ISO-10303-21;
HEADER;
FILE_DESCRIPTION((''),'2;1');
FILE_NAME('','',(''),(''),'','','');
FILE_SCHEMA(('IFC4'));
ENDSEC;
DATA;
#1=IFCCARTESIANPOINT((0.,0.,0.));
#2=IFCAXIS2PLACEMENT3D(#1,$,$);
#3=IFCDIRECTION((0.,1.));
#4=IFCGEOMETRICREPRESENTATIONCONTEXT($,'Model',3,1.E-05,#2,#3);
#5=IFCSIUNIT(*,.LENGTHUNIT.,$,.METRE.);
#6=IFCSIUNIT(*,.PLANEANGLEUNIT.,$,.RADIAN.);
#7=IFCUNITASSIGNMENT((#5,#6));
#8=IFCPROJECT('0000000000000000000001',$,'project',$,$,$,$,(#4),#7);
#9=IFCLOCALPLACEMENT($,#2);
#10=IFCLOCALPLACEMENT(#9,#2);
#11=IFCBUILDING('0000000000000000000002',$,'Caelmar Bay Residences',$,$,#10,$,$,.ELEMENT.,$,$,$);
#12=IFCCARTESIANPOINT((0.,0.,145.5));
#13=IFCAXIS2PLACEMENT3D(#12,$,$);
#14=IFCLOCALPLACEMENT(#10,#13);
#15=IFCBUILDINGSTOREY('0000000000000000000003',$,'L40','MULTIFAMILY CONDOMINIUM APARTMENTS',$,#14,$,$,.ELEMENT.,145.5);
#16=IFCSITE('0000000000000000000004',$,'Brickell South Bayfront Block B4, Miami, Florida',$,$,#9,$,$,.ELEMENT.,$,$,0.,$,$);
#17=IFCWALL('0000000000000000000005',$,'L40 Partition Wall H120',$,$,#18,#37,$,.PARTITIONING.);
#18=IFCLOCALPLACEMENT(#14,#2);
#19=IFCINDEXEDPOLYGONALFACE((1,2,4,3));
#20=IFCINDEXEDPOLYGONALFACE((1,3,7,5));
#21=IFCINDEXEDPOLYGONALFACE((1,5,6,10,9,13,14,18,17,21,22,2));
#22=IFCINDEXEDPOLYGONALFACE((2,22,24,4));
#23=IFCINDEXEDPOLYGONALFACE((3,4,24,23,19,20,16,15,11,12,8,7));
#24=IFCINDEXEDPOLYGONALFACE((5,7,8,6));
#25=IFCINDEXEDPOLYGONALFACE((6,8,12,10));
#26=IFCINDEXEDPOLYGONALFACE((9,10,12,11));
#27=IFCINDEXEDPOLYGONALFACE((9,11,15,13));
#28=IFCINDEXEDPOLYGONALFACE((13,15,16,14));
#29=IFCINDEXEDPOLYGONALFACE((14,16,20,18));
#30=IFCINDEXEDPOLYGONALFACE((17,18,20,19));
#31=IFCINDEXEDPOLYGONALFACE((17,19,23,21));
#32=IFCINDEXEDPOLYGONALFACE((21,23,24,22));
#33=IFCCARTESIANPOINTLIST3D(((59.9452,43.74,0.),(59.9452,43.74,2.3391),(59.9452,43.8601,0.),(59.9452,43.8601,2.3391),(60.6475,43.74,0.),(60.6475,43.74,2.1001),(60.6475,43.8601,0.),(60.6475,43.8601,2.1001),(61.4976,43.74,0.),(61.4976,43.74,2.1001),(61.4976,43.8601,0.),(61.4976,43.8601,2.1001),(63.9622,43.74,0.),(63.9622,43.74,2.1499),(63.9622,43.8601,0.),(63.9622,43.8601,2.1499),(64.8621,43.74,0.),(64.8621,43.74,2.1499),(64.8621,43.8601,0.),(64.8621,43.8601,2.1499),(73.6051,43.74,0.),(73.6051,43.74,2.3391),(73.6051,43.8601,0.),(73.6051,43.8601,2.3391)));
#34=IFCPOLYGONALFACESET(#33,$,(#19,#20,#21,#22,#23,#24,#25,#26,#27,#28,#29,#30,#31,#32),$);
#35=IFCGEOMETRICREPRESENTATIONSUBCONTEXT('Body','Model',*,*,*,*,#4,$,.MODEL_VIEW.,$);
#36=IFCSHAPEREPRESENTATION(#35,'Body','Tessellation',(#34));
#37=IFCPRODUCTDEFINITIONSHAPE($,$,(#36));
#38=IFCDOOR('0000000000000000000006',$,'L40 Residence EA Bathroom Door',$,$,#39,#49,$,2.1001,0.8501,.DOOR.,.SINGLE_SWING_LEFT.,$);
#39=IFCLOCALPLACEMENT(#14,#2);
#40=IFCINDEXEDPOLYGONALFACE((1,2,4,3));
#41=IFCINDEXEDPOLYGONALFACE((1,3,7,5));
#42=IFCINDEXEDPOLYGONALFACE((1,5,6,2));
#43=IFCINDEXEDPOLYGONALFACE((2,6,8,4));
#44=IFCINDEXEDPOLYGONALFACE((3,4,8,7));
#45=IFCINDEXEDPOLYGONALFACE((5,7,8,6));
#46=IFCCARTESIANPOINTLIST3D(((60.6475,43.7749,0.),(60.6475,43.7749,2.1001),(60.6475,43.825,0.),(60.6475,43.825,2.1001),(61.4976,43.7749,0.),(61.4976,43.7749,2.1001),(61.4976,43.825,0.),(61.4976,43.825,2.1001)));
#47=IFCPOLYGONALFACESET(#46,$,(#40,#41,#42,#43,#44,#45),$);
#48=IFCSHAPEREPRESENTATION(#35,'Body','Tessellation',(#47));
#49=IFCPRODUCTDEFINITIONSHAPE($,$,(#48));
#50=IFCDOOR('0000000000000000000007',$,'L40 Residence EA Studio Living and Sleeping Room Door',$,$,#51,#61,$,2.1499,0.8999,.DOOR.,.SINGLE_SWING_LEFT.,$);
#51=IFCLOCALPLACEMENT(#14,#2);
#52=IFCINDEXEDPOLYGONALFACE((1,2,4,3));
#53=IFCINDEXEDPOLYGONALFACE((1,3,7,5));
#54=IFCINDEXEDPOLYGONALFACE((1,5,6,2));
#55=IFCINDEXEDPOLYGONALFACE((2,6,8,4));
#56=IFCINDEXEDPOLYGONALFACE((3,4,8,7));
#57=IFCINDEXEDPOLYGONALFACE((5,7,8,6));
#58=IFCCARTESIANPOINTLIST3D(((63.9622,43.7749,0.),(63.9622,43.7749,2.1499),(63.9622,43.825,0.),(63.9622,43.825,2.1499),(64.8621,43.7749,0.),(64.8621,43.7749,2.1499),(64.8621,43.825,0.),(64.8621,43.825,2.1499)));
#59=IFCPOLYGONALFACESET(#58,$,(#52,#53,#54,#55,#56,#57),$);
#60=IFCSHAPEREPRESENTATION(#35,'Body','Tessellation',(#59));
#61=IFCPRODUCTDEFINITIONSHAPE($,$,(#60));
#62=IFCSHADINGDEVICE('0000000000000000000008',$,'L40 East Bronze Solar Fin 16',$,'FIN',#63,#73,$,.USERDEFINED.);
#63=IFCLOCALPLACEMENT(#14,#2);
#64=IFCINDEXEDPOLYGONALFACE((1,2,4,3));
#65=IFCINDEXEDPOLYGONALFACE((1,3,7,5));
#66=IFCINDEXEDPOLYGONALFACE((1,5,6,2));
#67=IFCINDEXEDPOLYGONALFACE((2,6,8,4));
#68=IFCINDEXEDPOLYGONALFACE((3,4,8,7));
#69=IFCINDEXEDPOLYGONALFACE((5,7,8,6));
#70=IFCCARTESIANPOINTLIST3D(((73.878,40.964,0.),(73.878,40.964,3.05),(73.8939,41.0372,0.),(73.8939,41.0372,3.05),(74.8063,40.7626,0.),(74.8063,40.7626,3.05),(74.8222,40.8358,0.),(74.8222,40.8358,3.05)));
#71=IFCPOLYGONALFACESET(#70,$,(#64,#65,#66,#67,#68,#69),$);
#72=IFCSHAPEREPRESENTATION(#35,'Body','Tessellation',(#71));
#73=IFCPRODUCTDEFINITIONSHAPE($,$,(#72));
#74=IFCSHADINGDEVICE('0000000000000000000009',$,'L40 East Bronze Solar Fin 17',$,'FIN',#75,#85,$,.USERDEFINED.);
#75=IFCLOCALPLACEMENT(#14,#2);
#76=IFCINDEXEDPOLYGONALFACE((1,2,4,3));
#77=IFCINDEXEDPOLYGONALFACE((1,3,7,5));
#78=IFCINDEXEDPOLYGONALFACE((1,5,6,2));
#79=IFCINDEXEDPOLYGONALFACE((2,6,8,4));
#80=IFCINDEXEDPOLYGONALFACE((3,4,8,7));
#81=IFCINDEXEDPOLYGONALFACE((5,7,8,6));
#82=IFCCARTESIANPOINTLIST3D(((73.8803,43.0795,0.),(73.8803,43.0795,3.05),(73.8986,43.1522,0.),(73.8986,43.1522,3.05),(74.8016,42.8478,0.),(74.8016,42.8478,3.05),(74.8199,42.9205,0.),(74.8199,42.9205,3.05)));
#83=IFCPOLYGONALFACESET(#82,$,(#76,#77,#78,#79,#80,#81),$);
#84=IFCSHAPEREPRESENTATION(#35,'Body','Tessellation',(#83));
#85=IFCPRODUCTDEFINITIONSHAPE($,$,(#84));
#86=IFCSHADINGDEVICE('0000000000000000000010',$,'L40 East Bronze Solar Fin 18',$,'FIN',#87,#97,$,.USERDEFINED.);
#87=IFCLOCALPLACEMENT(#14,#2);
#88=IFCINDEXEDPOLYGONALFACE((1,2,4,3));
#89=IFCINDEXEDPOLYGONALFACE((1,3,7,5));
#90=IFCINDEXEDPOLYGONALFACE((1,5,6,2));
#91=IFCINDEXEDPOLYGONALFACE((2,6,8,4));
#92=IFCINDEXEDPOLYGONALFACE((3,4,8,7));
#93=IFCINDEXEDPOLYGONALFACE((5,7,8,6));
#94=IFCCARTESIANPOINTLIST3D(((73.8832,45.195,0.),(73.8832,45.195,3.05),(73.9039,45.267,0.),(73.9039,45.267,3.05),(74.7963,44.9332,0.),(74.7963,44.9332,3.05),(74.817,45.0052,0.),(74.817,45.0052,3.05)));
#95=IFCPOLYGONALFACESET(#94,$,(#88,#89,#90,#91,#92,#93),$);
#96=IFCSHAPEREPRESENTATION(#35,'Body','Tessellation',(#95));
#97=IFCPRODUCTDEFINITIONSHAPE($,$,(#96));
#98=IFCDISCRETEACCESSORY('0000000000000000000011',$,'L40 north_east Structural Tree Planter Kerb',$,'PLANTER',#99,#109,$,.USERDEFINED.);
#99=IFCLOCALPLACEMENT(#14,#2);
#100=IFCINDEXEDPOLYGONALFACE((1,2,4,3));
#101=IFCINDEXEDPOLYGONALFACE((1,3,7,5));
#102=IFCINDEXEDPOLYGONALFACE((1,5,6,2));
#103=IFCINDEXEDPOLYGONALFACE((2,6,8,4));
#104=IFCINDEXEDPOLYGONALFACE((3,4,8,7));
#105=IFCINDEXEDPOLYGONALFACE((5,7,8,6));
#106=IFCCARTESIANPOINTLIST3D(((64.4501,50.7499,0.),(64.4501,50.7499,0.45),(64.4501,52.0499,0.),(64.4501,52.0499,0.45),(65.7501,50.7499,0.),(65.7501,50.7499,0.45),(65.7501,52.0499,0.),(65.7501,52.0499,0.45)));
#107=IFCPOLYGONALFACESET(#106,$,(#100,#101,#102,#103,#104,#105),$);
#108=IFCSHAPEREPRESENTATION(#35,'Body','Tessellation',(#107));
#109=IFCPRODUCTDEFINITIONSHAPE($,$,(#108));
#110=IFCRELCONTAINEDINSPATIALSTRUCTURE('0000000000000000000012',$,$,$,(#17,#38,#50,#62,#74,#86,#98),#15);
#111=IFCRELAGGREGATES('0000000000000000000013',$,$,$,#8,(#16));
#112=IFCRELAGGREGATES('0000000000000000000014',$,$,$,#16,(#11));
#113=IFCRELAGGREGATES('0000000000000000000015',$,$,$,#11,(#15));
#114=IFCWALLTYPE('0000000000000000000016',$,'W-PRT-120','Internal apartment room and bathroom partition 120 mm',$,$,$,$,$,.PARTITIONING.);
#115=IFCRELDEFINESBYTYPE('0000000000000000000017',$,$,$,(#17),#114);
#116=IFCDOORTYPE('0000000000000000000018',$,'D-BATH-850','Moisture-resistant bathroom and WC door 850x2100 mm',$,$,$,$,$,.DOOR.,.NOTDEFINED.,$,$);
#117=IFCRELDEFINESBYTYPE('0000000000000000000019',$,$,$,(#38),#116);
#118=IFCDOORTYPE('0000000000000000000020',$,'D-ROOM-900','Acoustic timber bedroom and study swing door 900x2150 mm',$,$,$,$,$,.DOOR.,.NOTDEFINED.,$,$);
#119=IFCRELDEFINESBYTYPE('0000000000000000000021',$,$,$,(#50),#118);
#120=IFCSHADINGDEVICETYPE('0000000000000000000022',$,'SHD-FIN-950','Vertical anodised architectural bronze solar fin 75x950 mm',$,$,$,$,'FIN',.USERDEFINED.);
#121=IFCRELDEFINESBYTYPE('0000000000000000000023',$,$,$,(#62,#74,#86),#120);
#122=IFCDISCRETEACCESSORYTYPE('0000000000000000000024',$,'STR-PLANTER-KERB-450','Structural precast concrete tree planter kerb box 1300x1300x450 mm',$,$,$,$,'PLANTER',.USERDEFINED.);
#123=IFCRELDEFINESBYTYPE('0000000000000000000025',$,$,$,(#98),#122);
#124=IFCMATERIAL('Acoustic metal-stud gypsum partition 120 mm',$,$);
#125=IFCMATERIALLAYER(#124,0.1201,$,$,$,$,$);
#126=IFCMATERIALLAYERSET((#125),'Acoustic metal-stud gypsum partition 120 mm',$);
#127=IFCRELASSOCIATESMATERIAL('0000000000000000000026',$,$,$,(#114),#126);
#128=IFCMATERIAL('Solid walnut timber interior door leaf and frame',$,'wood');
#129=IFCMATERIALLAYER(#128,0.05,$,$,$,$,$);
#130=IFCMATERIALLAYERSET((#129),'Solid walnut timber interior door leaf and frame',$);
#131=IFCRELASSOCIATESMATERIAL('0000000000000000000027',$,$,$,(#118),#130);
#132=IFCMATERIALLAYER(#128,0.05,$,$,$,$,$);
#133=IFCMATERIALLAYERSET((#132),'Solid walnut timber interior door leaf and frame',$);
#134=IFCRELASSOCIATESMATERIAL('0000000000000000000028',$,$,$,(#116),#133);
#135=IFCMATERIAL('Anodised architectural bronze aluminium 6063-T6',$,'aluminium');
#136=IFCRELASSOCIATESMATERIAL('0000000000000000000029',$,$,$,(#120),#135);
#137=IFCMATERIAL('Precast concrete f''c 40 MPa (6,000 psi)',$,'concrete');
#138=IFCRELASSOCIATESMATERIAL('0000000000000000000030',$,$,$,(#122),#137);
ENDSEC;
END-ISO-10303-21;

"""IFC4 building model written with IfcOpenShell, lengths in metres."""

from ifc_helpers import new_model, si_unit, direction, frame, frame_2d, origin, origin_2d, place, context, subcontext, project, spatial, rectangle, extrude, material, layer, layer_set, material_profile, profile_set, type_object, element, fill, save


model = new_model("IFC4")

# Units and contexts
model_context = context("Model", 3, precision=1e-05, world=origin(), true_north=direction((0.0, 1.0)))
body_context = subcontext(model_context, "Body", "Model", "MODEL_VIEW")
ifc_project = project(units=[si_unit("LENGTHUNIT", "METRE"), si_unit("PLANEANGLEUNIT", "RADIAN")], contexts=[model_context])

# Site, building, storey
site_placement = place(None, origin())
site = spatial("IfcSite", under=ifc_project, at=site_placement, Name="Brickell South Bayfront Block B4, Miami, Florida", CompositionType="ELEMENT", RefElevation=0.0)
building_placement = place(site_placement, origin())
building = spatial("IfcBuilding", under=site, at=building_placement, Name="Caelmar Bay Residences", CompositionType="ELEMENT")
storey_placement = place(building_placement, frame((0.0, 0.0, 145.5)))
storey = spatial("IfcBuildingStorey", under=building, at=storey_placement, Name="L40", Description="MULTIFAMILY CONDOMINIUM APARTMENTS", CompositionType="ELEMENT", Elevation=145.5)

# Shared definitions
ifc_material_1 = material(Name="Precast concrete f'c 40 MPa (6,000 psi)", Category="concrete")

# Shared definitions
ifc_material_2 = material(Name="Acoustic metal-stud gypsum partition 120 mm")
ifc_layer_1 = layer(ifc_material_2, 0.1201)
ifc_layer_set_1 = layer_set([ifc_layer_1], Name="Acoustic metal-stud gypsum partition 120 mm")
wall_type_1 = type_object("IfcWallType", Name="W-PRT-120", Description="Internal apartment room and bathroom partition 120 mm", PredefinedType="PARTITIONING", material=ifc_layer_set_1)
ifc_material_3 = material(Name="Solid walnut timber interior door leaf and frame", Category="wood")
ifc_layer_2 = layer(ifc_material_3, 0.05)
ifc_layer_set_2 = layer_set([ifc_layer_2], Name="Solid walnut timber interior door leaf and frame")
door_type_1 = type_object("IfcDoorType", Name="D-ROOM-900", Description="Acoustic timber bedroom and study swing door 900x2150 mm", OperationType="NOTDEFINED", PredefinedType="DOOR", material=ifc_layer_set_2)

# Wall, openings, doors
wall_1_placement = place(storey_placement, frame((59.9451, 43.8, 0.0), z_axis=(0.0, 0.0, 1.0), x_axis=(1.0, 0.0, 0.0)))
wall_1 = element("IfcWall", 1, at=wall_1_placement, inside=storey, type_object=wall_type_1, Name="L40 Partition Wall H120", PredefinedType="PARTITIONING", context=body_context, shape_type="SweptSolid", body=[
    extrude(rectangle(XDim=13.6599, YDim=0.1201, at=frame_2d((6.8301, 0.0))), origin(), (0.0, 0.0, 1.0), 2.3391),
])
opening_1_placement = place(wall_1_placement, frame((4.0171, 0.0, 0.0)))
opening_1 = element("IfcOpeningElement", 2, at=opening_1_placement, cuts=wall_1, PredefinedType="OPENING", context=body_context, shape_type="SweptSolid", body=[
    extrude(rectangle(XDim=0.8999, YDim=2.1499, at=frame_2d((0.45, 1.075))), frame((0.0, 0.0701, 0.0), z_axis=(0.0, -1.0, 0.0), x_axis=(1.0, 0.0, 0.0)), (0.0, 0.0, 1.0), 0.1401),
])
opening_2_placement = place(wall_1_placement, frame((0.7024, 0.0, 0.0)))
opening_2 = element("IfcOpeningElement", 3, at=opening_2_placement, cuts=wall_1, PredefinedType="OPENING", context=body_context, shape_type="SweptSolid", body=[
    extrude(rectangle(XDim=0.8501, YDim=2.1001, at=frame_2d((0.425, 1.05))), frame((0.0, 0.0701, 0.0), z_axis=(0.0, -1.0, 0.0), x_axis=(1.0, 0.0, 0.0)), (0.0, 0.0, 1.0), 0.1401),
])
ifc_layer_3 = layer(ifc_material_3, 0.05)
ifc_layer_set_3 = layer_set([ifc_layer_3], Name="Solid walnut timber interior door leaf and frame")
door_type_2 = type_object("IfcDoorType", Name="D-BATH-850", Description="Moisture-resistant bathroom and WC door 850x2100 mm", OperationType="NOTDEFINED", PredefinedType="DOOR", material=ifc_layer_set_3)
door_1_placement = place(opening_2_placement, origin())
door_1 = element("IfcDoor", 4, at=door_1_placement, inside=storey, type_object=door_type_2, Name="L40 Residence EA Bathroom Door", OperationType="SINGLE_SWING_LEFT", OverallHeight=2.1001, OverallWidth=0.8501, PredefinedType="DOOR", context=body_context, shape_type="SweptSolid", body=[
    extrude(rectangle(XDim=0.8501, YDim=2.1001, at=frame_2d((0.425, 1.05))), frame((0.0, 0.0249, 0.0), z_axis=(0.0, -1.0, 0.0), x_axis=(1.0, 0.0, 0.0)), (0.0, 0.0, 1.0), 0.05),
])
fill(opening_2, door_1)
door_2_placement = place(opening_1_placement, origin())
door_2 = element("IfcDoor", 5, at=door_2_placement, inside=storey, type_object=door_type_1, Name="L40 Residence EA Studio Living and Sleeping Room Door", OperationType="SINGLE_SWING_LEFT", OverallHeight=2.1499, OverallWidth=0.8999, PredefinedType="DOOR", context=body_context, shape_type="SweptSolid", body=[
    extrude(rectangle(XDim=0.8999, YDim=2.1499, at=frame_2d((0.45, 1.075))), frame((0.0, 0.0249, 0.0), z_axis=(0.0, -1.0, 0.0), x_axis=(1.0, 0.0, 0.0)), (0.0, 0.0, 1.0), 0.05),
])
fill(opening_1, door_2)

# Shading devices
ifc_material_4 = material(Name="Anodised architectural bronze aluminium 6063-T6", Category="aluminium")
ifc_material_profile_1 = material_profile(ifc_material_4, rectangle(XDim=0.075, YDim=0.95, at=origin_2d()), Name="BRONZE-FIN-75X950")
ifc_profile_set_1 = profile_set([ifc_material_profile_1], Name="Anodised architectural bronze aluminium 6063-T6")
shading_device_type = type_object("IfcShadingDeviceType", Name="SHD-FIN-950", Description="Vertical anodised architectural bronze solar fin 75x950 mm", ElementType="FIN", PredefinedType="USERDEFINED", material=ifc_profile_set_1)
for number, where, z_axis, x_axis, name in (
    (6, (74.3501, 40.8999, 0.0), (0.0, 0.0, 1.0), (0.212007, 0.977268, 0.0), "L40 East Bronze Solar Fin 16"),
    (7, (74.3501, 43.0, 0.0), (0.0, 0.0, 1.0), (0.243954, 0.969787, 0.0), "L40 East Bronze Solar Fin 17"),
    (8, (74.3501, 45.1001, 0.0), (0.0, 0.0, 1.0), (0.275637, 0.961262, 0.0), "L40 East Bronze Solar Fin 18"),
):
    element("IfcShadingDevice", number, at=place(storey_placement, frame(where, z_axis=z_axis, x_axis=x_axis)), inside=storey, type_object=shading_device_type, Name=name, ObjectType="FIN", PredefinedType="USERDEFINED", context=body_context, shape_type="SweptSolid", body=[
        extrude(rectangle(XDim=0.075, YDim=0.95, at=origin_2d()), origin(), (0.0, 0.0, 1.0), 3.05),
    ])

# Discrete accessory
discrete_accessory_type = type_object("IfcDiscreteAccessoryType", Name="STR-PLANTER-KERB-450", Description="Structural precast concrete tree planter kerb box 1300x1300x450 mm", ElementType="PLANTER", PredefinedType="USERDEFINED", material=ifc_material_1)
discrete_accessory_placement = place(storey_placement, frame((65.1001, 51.3999, 0.0), z_axis=(0.0, 0.0, 1.0), x_axis=(1.0, 0.0, 0.0)))
element("IfcDiscreteAccessory", 9, at=discrete_accessory_placement, inside=storey, type_object=discrete_accessory_type, Name="L40 north_east Structural Tree Planter Kerb", ObjectType="PLANTER", PredefinedType="USERDEFINED", context=body_context, shape_type="SweptSolid", body=[
    extrude(rectangle(XDim=1.3, YDim=1.3, at=origin_2d()), origin(), (0.0, 0.0, 1.0), 0.45),
])

save(model, "model.ifc")
